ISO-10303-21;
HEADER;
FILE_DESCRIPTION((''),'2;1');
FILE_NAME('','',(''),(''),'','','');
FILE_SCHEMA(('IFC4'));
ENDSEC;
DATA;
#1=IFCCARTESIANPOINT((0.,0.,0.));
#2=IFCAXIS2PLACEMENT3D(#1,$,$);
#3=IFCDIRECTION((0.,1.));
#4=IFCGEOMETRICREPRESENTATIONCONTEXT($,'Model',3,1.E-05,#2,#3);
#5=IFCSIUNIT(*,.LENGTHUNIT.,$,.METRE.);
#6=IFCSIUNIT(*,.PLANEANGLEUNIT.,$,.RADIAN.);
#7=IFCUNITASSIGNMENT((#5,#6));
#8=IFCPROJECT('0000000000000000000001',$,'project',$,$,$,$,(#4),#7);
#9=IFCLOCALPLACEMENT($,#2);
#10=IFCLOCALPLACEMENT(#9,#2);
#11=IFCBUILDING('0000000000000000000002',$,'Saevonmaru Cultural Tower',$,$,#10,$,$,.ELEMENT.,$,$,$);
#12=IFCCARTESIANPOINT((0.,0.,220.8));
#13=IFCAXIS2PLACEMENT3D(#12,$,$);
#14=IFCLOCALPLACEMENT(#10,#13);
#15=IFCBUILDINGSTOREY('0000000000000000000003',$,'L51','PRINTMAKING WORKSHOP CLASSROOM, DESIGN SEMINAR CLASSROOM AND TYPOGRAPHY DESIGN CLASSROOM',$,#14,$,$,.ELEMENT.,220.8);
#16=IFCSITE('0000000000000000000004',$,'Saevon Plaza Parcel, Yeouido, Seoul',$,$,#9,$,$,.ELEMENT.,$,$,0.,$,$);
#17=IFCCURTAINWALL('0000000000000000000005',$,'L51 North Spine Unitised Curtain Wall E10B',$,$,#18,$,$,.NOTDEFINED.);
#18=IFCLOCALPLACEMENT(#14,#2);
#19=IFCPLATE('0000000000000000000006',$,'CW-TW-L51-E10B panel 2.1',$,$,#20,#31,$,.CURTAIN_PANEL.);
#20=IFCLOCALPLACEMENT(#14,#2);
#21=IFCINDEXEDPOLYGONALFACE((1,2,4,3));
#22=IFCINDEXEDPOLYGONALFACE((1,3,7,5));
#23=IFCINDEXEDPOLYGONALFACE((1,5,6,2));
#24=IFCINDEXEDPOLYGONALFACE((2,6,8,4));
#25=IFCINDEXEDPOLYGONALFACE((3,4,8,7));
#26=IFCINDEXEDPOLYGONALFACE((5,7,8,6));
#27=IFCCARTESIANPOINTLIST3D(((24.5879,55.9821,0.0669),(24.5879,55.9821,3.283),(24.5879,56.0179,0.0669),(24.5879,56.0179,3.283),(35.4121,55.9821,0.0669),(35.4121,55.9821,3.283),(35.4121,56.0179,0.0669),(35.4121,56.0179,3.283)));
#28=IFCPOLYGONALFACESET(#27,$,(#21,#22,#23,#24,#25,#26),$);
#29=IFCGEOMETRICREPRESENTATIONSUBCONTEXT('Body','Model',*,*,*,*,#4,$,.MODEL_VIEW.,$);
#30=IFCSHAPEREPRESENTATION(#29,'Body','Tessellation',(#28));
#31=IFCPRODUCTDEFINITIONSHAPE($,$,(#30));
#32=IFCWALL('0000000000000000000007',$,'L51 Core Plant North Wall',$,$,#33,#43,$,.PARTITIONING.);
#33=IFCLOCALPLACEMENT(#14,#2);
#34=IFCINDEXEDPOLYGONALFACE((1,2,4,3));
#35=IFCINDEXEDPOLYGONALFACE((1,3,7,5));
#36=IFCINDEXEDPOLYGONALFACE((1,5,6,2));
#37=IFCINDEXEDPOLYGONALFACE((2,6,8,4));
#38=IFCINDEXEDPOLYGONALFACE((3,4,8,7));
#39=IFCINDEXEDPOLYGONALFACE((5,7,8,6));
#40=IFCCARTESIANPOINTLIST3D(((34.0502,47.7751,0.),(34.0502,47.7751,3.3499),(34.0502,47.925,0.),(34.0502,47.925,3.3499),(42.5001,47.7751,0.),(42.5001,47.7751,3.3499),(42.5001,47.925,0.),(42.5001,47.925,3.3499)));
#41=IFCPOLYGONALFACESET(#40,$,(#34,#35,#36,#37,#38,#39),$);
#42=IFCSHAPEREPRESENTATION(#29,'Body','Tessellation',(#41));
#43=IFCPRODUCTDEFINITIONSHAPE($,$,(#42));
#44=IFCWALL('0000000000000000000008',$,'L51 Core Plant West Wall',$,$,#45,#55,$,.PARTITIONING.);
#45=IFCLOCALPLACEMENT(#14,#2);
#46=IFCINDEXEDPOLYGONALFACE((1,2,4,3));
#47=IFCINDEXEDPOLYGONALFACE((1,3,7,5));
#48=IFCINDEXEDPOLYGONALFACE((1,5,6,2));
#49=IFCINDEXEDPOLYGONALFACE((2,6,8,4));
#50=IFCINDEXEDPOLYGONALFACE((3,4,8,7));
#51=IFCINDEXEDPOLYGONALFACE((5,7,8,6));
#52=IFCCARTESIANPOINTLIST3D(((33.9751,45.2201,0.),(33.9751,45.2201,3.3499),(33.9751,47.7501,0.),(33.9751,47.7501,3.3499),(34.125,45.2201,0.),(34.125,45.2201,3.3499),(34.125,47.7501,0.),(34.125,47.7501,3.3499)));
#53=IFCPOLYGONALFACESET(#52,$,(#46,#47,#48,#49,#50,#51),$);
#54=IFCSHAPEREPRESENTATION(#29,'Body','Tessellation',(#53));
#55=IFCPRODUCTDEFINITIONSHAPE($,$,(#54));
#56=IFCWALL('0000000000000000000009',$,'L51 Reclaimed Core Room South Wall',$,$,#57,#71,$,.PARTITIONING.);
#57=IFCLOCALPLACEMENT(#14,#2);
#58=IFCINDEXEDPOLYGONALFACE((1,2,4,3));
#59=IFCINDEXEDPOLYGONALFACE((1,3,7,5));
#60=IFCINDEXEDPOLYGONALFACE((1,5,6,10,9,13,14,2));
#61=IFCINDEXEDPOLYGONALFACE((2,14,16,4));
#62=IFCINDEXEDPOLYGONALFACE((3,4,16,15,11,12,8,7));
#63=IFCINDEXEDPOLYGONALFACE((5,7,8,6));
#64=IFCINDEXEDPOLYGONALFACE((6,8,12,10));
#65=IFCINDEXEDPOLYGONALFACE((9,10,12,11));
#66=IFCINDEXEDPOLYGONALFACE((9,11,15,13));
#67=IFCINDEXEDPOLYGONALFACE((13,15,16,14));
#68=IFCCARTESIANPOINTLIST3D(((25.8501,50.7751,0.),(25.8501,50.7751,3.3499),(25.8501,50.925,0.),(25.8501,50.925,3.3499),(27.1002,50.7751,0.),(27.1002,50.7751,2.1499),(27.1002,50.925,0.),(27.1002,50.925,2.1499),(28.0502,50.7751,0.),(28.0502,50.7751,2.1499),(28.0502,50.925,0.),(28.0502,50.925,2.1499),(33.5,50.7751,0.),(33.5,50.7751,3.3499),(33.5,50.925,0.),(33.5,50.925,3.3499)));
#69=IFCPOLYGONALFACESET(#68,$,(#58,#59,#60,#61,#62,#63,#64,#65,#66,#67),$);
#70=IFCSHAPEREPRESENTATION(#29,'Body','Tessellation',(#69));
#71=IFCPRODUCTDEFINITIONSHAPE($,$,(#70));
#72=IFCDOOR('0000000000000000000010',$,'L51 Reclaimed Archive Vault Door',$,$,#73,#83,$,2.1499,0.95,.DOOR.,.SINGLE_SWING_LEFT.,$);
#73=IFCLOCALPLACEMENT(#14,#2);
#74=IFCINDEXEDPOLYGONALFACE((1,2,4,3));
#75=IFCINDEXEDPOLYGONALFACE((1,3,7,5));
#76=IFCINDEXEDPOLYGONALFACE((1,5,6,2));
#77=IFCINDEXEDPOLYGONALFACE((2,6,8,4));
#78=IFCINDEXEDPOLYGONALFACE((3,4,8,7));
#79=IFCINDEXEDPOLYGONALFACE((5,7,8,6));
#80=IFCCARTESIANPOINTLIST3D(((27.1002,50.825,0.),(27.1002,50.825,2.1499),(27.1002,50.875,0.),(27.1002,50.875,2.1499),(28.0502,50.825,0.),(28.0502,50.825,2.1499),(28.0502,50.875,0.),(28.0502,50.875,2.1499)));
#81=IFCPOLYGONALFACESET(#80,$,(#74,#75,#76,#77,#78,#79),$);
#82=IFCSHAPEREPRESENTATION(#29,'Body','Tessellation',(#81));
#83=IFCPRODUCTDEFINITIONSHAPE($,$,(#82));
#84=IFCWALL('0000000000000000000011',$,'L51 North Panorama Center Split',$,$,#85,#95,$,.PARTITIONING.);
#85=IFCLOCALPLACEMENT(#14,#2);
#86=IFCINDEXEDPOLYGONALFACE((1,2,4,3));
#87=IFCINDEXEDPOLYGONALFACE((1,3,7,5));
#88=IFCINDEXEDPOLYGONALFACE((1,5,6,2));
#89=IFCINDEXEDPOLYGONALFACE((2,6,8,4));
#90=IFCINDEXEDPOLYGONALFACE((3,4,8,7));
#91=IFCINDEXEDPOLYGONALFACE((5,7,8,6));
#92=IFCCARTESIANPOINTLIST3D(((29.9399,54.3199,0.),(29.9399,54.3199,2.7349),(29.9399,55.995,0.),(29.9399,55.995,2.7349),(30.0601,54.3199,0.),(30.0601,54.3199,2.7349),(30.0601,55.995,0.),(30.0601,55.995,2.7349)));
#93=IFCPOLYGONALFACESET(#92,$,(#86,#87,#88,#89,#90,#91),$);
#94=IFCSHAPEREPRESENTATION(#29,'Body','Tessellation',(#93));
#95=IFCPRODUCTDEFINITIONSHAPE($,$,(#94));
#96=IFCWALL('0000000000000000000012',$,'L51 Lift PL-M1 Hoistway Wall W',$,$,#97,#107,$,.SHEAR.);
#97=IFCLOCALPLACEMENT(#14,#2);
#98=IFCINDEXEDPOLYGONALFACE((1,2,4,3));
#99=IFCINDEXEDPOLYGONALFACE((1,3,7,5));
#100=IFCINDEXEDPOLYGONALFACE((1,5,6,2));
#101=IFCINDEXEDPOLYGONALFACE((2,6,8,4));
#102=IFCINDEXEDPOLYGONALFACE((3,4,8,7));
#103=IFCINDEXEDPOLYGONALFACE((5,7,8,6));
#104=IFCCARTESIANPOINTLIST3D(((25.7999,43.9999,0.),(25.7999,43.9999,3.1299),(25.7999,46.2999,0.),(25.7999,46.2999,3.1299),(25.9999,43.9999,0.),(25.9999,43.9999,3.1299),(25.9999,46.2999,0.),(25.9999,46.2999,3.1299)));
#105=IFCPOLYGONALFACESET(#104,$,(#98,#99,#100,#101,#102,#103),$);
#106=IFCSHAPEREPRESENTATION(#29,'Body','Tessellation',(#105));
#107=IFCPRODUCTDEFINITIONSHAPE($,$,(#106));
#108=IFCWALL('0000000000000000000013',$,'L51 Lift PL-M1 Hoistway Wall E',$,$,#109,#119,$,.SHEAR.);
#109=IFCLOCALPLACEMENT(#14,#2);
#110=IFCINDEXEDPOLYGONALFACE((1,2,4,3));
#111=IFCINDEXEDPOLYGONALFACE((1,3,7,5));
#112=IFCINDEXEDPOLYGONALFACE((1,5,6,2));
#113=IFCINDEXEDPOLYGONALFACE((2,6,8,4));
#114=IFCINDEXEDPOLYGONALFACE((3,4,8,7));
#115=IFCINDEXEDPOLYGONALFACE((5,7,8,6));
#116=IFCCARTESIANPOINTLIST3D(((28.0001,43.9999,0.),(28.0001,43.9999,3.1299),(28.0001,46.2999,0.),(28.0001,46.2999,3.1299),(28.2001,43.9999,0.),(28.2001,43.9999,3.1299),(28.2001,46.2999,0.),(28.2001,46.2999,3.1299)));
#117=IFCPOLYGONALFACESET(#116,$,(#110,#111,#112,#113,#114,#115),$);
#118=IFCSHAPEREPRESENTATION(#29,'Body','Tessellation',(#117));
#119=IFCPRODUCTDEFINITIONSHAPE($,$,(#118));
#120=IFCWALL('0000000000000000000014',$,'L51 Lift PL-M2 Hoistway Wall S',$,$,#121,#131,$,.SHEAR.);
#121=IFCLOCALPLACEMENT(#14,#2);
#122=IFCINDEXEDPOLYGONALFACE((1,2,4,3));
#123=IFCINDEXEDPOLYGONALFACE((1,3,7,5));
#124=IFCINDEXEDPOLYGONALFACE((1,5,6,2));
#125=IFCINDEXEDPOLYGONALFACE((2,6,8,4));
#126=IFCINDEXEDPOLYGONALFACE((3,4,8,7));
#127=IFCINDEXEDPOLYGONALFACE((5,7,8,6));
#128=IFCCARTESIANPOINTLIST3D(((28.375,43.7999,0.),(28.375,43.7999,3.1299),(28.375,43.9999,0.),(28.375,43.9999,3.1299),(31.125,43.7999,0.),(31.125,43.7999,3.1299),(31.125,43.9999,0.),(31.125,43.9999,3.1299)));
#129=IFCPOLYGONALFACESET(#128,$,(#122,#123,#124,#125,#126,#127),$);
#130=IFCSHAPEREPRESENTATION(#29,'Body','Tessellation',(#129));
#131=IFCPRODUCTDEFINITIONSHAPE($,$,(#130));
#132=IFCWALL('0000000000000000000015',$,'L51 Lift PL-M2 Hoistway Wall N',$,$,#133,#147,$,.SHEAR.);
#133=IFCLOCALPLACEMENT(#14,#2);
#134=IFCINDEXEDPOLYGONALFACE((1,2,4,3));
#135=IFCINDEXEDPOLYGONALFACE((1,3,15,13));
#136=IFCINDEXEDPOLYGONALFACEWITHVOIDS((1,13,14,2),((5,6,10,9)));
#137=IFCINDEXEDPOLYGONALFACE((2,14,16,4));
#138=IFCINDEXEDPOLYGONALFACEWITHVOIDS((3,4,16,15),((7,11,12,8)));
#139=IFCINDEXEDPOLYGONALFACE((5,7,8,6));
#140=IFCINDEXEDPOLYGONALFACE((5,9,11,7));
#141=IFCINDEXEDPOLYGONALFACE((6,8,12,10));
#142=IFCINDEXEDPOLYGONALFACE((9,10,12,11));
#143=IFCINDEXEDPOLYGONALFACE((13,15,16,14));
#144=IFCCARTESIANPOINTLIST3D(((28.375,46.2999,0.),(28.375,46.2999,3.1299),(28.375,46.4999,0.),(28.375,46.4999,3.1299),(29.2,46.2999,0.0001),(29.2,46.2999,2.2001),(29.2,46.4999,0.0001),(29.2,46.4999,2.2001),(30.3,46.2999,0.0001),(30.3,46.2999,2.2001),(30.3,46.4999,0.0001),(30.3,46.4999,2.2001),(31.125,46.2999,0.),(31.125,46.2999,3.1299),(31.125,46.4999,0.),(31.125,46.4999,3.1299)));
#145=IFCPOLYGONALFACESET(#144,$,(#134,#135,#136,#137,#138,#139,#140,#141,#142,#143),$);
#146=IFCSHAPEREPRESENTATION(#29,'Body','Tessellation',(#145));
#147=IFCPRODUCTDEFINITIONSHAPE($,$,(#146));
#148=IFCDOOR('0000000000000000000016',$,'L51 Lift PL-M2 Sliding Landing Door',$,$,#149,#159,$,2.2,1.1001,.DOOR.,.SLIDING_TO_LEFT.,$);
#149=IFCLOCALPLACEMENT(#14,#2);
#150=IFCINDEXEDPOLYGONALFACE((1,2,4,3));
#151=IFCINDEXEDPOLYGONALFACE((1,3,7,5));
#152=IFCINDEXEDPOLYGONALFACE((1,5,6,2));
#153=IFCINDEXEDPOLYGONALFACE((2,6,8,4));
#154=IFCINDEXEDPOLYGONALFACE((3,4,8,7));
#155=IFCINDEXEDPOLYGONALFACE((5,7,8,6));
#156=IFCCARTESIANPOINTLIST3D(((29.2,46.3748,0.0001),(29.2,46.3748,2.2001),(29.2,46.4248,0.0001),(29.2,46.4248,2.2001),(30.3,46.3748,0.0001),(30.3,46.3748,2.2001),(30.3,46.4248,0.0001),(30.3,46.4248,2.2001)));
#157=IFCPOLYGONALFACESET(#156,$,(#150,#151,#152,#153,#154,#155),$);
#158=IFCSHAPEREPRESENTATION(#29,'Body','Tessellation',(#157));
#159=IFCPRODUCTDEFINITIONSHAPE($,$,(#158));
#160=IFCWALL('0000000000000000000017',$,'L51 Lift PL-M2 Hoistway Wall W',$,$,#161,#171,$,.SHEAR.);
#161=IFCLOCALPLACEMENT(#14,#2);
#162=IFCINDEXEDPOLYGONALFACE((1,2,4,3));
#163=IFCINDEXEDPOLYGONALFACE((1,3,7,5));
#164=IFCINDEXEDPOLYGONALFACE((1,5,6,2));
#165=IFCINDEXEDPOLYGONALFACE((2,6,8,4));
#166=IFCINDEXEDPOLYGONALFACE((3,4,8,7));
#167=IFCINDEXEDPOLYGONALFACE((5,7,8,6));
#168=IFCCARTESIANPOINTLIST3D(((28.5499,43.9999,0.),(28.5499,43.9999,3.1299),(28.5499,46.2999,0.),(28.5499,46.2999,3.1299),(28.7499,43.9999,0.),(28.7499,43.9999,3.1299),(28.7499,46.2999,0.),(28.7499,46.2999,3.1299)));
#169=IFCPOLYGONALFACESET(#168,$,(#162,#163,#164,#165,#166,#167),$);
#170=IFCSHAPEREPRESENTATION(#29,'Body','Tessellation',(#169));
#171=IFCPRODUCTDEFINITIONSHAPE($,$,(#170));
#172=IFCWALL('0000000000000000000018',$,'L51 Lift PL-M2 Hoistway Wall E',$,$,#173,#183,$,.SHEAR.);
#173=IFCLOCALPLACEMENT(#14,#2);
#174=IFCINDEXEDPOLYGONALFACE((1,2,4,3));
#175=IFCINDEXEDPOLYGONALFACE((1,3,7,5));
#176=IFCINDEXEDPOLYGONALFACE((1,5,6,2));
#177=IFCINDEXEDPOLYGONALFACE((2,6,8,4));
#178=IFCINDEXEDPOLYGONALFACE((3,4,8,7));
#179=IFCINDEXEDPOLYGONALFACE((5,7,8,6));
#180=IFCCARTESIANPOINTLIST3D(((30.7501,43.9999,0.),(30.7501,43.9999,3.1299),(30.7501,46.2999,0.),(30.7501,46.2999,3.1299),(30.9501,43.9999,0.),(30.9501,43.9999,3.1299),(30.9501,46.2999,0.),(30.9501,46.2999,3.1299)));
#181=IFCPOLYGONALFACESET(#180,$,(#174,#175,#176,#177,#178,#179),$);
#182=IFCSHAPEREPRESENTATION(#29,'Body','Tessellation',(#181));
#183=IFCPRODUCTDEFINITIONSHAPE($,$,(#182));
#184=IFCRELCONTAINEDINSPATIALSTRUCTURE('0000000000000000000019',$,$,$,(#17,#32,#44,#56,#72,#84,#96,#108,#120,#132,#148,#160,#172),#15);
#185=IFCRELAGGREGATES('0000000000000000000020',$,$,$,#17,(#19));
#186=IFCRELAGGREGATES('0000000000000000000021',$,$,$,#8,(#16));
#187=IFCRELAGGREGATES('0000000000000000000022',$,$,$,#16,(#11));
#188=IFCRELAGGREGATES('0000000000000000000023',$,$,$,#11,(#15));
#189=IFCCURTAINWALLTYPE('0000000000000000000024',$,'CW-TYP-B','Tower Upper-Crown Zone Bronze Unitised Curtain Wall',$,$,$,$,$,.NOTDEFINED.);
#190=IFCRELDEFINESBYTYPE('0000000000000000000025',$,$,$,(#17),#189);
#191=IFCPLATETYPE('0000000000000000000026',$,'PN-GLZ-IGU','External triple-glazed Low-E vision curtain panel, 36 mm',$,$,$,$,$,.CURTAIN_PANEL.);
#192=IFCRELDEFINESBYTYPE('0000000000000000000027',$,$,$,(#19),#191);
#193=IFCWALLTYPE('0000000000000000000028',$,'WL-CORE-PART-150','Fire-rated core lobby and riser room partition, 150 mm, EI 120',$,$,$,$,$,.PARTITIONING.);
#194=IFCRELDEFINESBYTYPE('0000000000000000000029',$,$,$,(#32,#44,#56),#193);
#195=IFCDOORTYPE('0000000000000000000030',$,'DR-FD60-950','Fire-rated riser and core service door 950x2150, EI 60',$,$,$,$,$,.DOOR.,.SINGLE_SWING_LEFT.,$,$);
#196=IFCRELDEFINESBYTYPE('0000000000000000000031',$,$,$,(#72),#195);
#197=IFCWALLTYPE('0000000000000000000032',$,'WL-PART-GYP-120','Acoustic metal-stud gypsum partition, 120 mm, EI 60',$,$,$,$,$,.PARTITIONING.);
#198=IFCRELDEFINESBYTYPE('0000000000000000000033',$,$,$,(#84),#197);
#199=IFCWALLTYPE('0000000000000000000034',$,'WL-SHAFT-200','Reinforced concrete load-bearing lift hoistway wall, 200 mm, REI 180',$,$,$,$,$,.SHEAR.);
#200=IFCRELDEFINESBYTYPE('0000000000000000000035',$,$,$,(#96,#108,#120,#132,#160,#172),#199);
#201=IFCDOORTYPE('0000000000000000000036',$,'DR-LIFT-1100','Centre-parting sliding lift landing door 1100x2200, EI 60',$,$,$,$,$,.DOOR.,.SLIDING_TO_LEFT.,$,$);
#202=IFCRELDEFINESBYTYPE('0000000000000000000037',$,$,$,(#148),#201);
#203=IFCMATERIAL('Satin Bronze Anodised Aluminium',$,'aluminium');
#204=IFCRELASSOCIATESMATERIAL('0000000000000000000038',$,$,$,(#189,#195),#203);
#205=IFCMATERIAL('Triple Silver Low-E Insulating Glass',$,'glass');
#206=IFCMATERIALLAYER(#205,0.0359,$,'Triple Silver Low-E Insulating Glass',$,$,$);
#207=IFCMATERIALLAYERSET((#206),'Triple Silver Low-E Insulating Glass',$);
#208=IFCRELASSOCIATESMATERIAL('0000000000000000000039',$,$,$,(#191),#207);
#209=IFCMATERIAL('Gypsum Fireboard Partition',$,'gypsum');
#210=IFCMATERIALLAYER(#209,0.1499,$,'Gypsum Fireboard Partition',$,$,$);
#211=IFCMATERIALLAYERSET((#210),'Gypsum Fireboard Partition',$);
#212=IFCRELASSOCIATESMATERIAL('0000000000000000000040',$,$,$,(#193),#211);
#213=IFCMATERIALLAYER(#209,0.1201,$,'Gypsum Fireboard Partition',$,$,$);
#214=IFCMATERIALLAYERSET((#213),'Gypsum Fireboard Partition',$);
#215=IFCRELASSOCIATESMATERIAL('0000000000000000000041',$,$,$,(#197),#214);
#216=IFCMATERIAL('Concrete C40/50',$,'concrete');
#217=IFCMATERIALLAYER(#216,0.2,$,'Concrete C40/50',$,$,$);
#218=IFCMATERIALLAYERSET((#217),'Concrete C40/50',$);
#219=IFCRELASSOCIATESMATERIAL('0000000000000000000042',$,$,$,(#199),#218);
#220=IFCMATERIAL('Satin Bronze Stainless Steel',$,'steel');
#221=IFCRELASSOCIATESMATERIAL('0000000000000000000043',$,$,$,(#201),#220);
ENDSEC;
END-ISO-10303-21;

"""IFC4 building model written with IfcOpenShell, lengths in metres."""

from ifc_helpers import new_model, si_unit, direction, frame, frame_2d, origin, origin_2d, place, context, subcontext, project, spatial, rectangle, extrude, material, layer, layer_set, type_object, element, fill, aggregate, save


model = new_model("IFC4")

# Units and contexts
model_context = context("Model", 3, precision=1e-05, world=origin(), true_north=direction((0.0, 1.0)))
body_context = subcontext(model_context, "Body", "Model", "MODEL_VIEW")
ifc_project = project(units=[si_unit("LENGTHUNIT", "METRE"), si_unit("PLANEANGLEUNIT", "RADIAN")], contexts=[model_context])

# Site, building, storey
site_placement = place(None, origin())
site = spatial("IfcSite", under=ifc_project, at=site_placement, Name="Saevon Plaza Parcel, Yeouido, Seoul", CompositionType="ELEMENT", RefElevation=0.0)
building_placement = place(site_placement, origin())
building = spatial("IfcBuilding", under=site, at=building_placement, Name="Saevonmaru Cultural Tower", CompositionType="ELEMENT")
storey_placement = place(building_placement, frame((0.0, 0.0, 220.8)))
storey = spatial("IfcBuildingStorey", under=building, at=storey_placement, Name="L51", Description="PRINTMAKING WORKSHOP CLASSROOM, DESIGN SEMINAR CLASSROOM AND TYPOGRAPHY DESIGN CLASSROOM", CompositionType="ELEMENT", Elevation=220.8)

# Curtain wall, plate
ifc_material_1 = material(Name="Satin Bronze Anodised Aluminium", Category="aluminium")
curtain_wall_type = type_object("IfcCurtainWallType", Name="CW-TYP-B", Description="Tower Upper-Crown Zone Bronze Unitised Curtain Wall", PredefinedType="NOTDEFINED", material=ifc_material_1)
curtain_wall_placement = place(storey_placement, origin())
curtain_wall = element("IfcCurtainWall", 1, at=curtain_wall_placement, inside=storey, type_object=curtain_wall_type, Name="L51 North Spine Unitised Curtain Wall E10B", PredefinedType="NOTDEFINED")
ifc_material_2 = material(Name="Triple Silver Low-E Insulating Glass", Category="glass")
ifc_layer_1 = layer(ifc_material_2, 0.0359, Name="Triple Silver Low-E Insulating Glass")
ifc_layer_set_1 = layer_set([ifc_layer_1], Name="Triple Silver Low-E Insulating Glass")
plate_type = type_object("IfcPlateType", Name="PN-GLZ-IGU", Description="External triple-glazed Low-E vision curtain panel, 36 mm", PredefinedType="CURTAIN_PANEL", material=ifc_layer_set_1)
plate_placement = place(storey_placement, frame((30.0, 56.0, 0.0669), z_axis=(0.0, 0.0, 1.0), x_axis=(-1.0, 0.0, 0.0)))
plate = element("IfcPlate", 2, at=plate_placement, type_object=plate_type, Name="CW-TW-L51-E10B panel 2.1", PredefinedType="CURTAIN_PANEL", context=body_context, shape_type="SweptSolid", body=[
    extrude(rectangle(XDim=10.8242, YDim=0.0359, at=origin_2d()), origin(), (0.0, 0.0, 1.0), 3.2161),
])
aggregate(curtain_wall, [plate])

# Shared definitions
ifc_material_3 = material(Name="Gypsum Fireboard Partition", Category="gypsum")
ifc_layer_2 = layer(ifc_material_3, 0.1499, Name="Gypsum Fireboard Partition")
ifc_layer_set_2 = layer_set([ifc_layer_2], Name="Gypsum Fireboard Partition")
wall_type_1 = type_object("IfcWallType", Name="WL-CORE-PART-150", Description="Fire-rated core lobby and riser room partition, 150 mm, EI 120", PredefinedType="PARTITIONING", material=ifc_layer_set_2)

# Shared definitions
door_type_1 = type_object("IfcDoorType", Name="DR-FD60-950", Description="Fire-rated riser and core service door 950x2150, EI 60", OperationType="SINGLE_SWING_LEFT", PredefinedType="DOOR", material=ifc_material_1)

# Walls
wall_1_placement = place(storey_placement, frame((34.05, 47.8501, 0.0), z_axis=(0.0, 0.0, 1.0), x_axis=(1.0, 0.0, 0.0)))
element("IfcWall", 3, at=wall_1_placement, inside=storey, type_object=wall_type_1, Name="L51 Core Plant North Wall", PredefinedType="PARTITIONING", context=body_context, shape_type="SweptSolid", body=[
    extrude(rectangle(XDim=8.45, YDim=0.1499, at=frame_2d((4.2251, 0.0))), origin(), (0.0, 0.0, 1.0), 3.3499),
])
wall_2_placement = place(storey_placement, frame((34.05, 45.22, 0.0), z_axis=(0.0, 0.0, 1.0), x_axis=(0.0, 1.0, 0.0)))
element("IfcWall", 4, at=wall_2_placement, inside=storey, type_object=wall_type_1, Name="L51 Core Plant West Wall", PredefinedType="PARTITIONING", context=body_context, shape_type="SweptSolid", body=[
    extrude(rectangle(XDim=2.53, YDim=0.1499, at=frame_2d((1.2651, 0.0))), origin(), (0.0, 0.0, 1.0), 3.3499),
])

# Wall, opening, door
wall_3_placement = place(storey_placement, frame((25.8501, 50.8501, 0.0), z_axis=(0.0, 0.0, 1.0), x_axis=(1.0, 0.0, 0.0)))
wall_3 = element("IfcWall", 5, at=wall_3_placement, inside=storey, type_object=wall_type_1, Name="L51 Reclaimed Core Room South Wall", PredefinedType="PARTITIONING", context=body_context, shape_type="SweptSolid", body=[
    extrude(rectangle(XDim=7.6499, YDim=0.1499, at=frame_2d((3.825, 0.0))), origin(), (0.0, 0.0, 1.0), 3.3499),
])
opening_1_placement = place(wall_3_placement, frame((1.25, 0.0, 0.0)))
opening_1 = element("IfcOpeningElement", 6, at=opening_1_placement, cuts=wall_3, PredefinedType="OPENING", context=body_context, shape_type="SweptSolid", body=[
    extrude(rectangle(XDim=0.95, YDim=2.1499, at=frame_2d((0.4751, 1.075))), frame((0.0, 0.085, 0.0), z_axis=(0.0, -1.0, 0.0), x_axis=(1.0, 0.0, 0.0)), (0.0, 0.0, 1.0), 0.1699),
])
door_1_placement = place(opening_1_placement, origin())
door_1 = element("IfcDoor", 7, at=door_1_placement, inside=storey, type_object=door_type_1, Name="L51 Reclaimed Archive Vault Door", OperationType="SINGLE_SWING_LEFT", OverallHeight=2.1499, OverallWidth=0.95, PredefinedType="DOOR", context=body_context, shape_type="SweptSolid", body=[
    extrude(rectangle(XDim=0.95, YDim=2.1499, at=frame_2d((0.4751, 1.075))), frame((0.0, 0.0249, 0.0), z_axis=(0.0, -1.0, 0.0), x_axis=(1.0, 0.0, 0.0)), (0.0, 0.0, 1.0), 0.05),
])
fill(opening_1, door_1)

# Walls
ifc_layer_3 = layer(ifc_material_3, 0.1201, Name="Gypsum Fireboard Partition")
ifc_layer_set_3 = layer_set([ifc_layer_3], Name="Gypsum Fireboard Partition")
wall_type_2 = type_object("IfcWallType", Name="WL-PART-GYP-120", Description="Acoustic metal-stud gypsum partition, 120 mm, EI 60", PredefinedType="PARTITIONING", material=ifc_layer_set_3)
wall_4_placement = place(storey_placement, frame((30.0, 54.3201, 0.0), z_axis=(0.0, 0.0, 1.0), x_axis=(0.0, 1.0, 0.0)))
element("IfcWall", 8, at=wall_4_placement, inside=storey, type_object=wall_type_2, Name="L51 North Panorama Center Split", PredefinedType="PARTITIONING", context=body_context, shape_type="SweptSolid", body=[
    extrude(rectangle(XDim=1.675, YDim=0.1201, at=frame_2d((0.8374, 0.0))), origin(), (0.0, 0.0, 1.0), 2.7349),
])
ifc_material_4 = material(Name="Concrete C40/50", Category="concrete")
ifc_layer_4 = layer(ifc_material_4, 0.2, Name="Concrete C40/50")
ifc_layer_set_4 = layer_set([ifc_layer_4], Name="Concrete C40/50")
wall_type_3 = type_object("IfcWallType", Name="WL-SHAFT-200", Description="Reinforced concrete load-bearing lift hoistway wall, 200 mm, REI 180", PredefinedType="SHEAR", material=ifc_layer_set_4)
for number, where, z_axis, x_axis, name in (
    (9, (25.8999, 44.0, 0.0), (0.0, 0.0, 1.0), (0.0, 1.0, 0.0), "L51 Lift PL-M1 Hoistway Wall W"),
    (10, (28.1001, 44.0, 0.0), (0.0, 0.0, 1.0), (0.0, 1.0, 0.0), "L51 Lift PL-M1 Hoistway Wall E"),
):
    element("IfcWall", number, at=place(storey_placement, frame(where, z_axis=z_axis, x_axis=x_axis)), inside=storey, type_object=wall_type_3, Name=name, PredefinedType="SHEAR", context=body_context, shape_type="SweptSolid", body=[
        extrude(rectangle(XDim=2.3, YDim=0.2, at=frame_2d((1.1499, 0.0))), origin(), (0.0, 0.0, 1.0), 3.1299),
    ])
wall_5_placement = place(storey_placement, frame((28.375, 43.8999, 0.0), z_axis=(0.0, 0.0, 1.0), x_axis=(1.0, 0.0, 0.0)))
element("IfcWall", 11, at=wall_5_placement, inside=storey, type_object=wall_type_3, Name="L51 Lift PL-M2 Hoistway Wall S", PredefinedType="SHEAR", context=body_context, shape_type="SweptSolid", body=[
    extrude(rectangle(XDim=2.75, YDim=0.2, at=frame_2d((1.375, 0.0))), origin(), (0.0, 0.0, 1.0), 3.1299),
])

# Wall, opening, door
wall_6_placement = place(storey_placement, frame((28.375, 46.3999, 0.0), z_axis=(0.0, 0.0, 1.0), x_axis=(1.0, 0.0, 0.0)))
wall_6 = element("IfcWall", 12, at=wall_6_placement, inside=storey, type_object=wall_type_3, Name="L51 Lift PL-M2 Hoistway Wall N", PredefinedType="SHEAR", context=body_context, shape_type="SweptSolid", body=[
    extrude(rectangle(XDim=2.75, YDim=0.2, at=frame_2d((1.375, 0.0))), origin(), (0.0, 0.0, 1.0), 3.1299),
])
opening_2_placement = place(wall_6_placement, frame((0.825, 0.0, 0.0)))
opening_2 = element("IfcOpeningElement", 13, at=opening_2_placement, cuts=wall_6, PredefinedType="OPENING", context=body_context, shape_type="SweptSolid", body=[
    extrude(rectangle(XDim=1.1001, YDim=2.2, at=frame_2d((0.55, 1.1001))), frame((0.0, 0.1099, 0.0), z_axis=(0.0, -1.0, 0.0), x_axis=(1.0, 0.0, 0.0)), (0.0, 0.0, 1.0), 0.22),
])
ifc_material_5 = material(Name="Satin Bronze Stainless Steel", Category="steel")
door_type_2 = type_object("IfcDoorType", Name="DR-LIFT-1100", Description="Centre-parting sliding lift landing door 1100x2200, EI 60", OperationType="SLIDING_TO_LEFT", PredefinedType="DOOR", material=ifc_material_5)
door_2_placement = place(opening_2_placement, origin())
door_2 = element("IfcDoor", 14, at=door_2_placement, inside=storey, type_object=door_type_2, Name="L51 Lift PL-M2 Sliding Landing Door", OperationType="SLIDING_TO_LEFT", OverallHeight=2.2, OverallWidth=1.1001, PredefinedType="DOOR", context=body_context, shape_type="SweptSolid", body=[
    extrude(rectangle(XDim=1.1001, YDim=2.2, at=frame_2d((0.55, 1.1001))), frame((0.0, 0.0249, 0.0), z_axis=(0.0, -1.0, 0.0), x_axis=(1.0, 0.0, 0.0)), (0.0, 0.0, 1.0), 0.05),
])
fill(opening_2, door_2)

# Walls
for number, where, z_axis, x_axis, name in (
    (15, (28.6499, 44.0, 0.0), (0.0, 0.0, 1.0), (0.0, 1.0, 0.0), "L51 Lift PL-M2 Hoistway Wall W"),
    (16, (30.8501, 44.0, 0.0), (0.0, 0.0, 1.0), (0.0, 1.0, 0.0), "L51 Lift PL-M2 Hoistway Wall E"),
):
    element("IfcWall", number, at=place(storey_placement, frame(where, z_axis=z_axis, x_axis=x_axis)), inside=storey, type_object=wall_type_3, Name=name, PredefinedType="SHEAR", context=body_context, shape_type="SweptSolid", body=[
        extrude(rectangle(XDim=2.3, YDim=0.2, at=frame_2d((1.1499, 0.0))), origin(), (0.0, 0.0, 1.0), 3.1299),
    ])

save(model, "model.ifc")
